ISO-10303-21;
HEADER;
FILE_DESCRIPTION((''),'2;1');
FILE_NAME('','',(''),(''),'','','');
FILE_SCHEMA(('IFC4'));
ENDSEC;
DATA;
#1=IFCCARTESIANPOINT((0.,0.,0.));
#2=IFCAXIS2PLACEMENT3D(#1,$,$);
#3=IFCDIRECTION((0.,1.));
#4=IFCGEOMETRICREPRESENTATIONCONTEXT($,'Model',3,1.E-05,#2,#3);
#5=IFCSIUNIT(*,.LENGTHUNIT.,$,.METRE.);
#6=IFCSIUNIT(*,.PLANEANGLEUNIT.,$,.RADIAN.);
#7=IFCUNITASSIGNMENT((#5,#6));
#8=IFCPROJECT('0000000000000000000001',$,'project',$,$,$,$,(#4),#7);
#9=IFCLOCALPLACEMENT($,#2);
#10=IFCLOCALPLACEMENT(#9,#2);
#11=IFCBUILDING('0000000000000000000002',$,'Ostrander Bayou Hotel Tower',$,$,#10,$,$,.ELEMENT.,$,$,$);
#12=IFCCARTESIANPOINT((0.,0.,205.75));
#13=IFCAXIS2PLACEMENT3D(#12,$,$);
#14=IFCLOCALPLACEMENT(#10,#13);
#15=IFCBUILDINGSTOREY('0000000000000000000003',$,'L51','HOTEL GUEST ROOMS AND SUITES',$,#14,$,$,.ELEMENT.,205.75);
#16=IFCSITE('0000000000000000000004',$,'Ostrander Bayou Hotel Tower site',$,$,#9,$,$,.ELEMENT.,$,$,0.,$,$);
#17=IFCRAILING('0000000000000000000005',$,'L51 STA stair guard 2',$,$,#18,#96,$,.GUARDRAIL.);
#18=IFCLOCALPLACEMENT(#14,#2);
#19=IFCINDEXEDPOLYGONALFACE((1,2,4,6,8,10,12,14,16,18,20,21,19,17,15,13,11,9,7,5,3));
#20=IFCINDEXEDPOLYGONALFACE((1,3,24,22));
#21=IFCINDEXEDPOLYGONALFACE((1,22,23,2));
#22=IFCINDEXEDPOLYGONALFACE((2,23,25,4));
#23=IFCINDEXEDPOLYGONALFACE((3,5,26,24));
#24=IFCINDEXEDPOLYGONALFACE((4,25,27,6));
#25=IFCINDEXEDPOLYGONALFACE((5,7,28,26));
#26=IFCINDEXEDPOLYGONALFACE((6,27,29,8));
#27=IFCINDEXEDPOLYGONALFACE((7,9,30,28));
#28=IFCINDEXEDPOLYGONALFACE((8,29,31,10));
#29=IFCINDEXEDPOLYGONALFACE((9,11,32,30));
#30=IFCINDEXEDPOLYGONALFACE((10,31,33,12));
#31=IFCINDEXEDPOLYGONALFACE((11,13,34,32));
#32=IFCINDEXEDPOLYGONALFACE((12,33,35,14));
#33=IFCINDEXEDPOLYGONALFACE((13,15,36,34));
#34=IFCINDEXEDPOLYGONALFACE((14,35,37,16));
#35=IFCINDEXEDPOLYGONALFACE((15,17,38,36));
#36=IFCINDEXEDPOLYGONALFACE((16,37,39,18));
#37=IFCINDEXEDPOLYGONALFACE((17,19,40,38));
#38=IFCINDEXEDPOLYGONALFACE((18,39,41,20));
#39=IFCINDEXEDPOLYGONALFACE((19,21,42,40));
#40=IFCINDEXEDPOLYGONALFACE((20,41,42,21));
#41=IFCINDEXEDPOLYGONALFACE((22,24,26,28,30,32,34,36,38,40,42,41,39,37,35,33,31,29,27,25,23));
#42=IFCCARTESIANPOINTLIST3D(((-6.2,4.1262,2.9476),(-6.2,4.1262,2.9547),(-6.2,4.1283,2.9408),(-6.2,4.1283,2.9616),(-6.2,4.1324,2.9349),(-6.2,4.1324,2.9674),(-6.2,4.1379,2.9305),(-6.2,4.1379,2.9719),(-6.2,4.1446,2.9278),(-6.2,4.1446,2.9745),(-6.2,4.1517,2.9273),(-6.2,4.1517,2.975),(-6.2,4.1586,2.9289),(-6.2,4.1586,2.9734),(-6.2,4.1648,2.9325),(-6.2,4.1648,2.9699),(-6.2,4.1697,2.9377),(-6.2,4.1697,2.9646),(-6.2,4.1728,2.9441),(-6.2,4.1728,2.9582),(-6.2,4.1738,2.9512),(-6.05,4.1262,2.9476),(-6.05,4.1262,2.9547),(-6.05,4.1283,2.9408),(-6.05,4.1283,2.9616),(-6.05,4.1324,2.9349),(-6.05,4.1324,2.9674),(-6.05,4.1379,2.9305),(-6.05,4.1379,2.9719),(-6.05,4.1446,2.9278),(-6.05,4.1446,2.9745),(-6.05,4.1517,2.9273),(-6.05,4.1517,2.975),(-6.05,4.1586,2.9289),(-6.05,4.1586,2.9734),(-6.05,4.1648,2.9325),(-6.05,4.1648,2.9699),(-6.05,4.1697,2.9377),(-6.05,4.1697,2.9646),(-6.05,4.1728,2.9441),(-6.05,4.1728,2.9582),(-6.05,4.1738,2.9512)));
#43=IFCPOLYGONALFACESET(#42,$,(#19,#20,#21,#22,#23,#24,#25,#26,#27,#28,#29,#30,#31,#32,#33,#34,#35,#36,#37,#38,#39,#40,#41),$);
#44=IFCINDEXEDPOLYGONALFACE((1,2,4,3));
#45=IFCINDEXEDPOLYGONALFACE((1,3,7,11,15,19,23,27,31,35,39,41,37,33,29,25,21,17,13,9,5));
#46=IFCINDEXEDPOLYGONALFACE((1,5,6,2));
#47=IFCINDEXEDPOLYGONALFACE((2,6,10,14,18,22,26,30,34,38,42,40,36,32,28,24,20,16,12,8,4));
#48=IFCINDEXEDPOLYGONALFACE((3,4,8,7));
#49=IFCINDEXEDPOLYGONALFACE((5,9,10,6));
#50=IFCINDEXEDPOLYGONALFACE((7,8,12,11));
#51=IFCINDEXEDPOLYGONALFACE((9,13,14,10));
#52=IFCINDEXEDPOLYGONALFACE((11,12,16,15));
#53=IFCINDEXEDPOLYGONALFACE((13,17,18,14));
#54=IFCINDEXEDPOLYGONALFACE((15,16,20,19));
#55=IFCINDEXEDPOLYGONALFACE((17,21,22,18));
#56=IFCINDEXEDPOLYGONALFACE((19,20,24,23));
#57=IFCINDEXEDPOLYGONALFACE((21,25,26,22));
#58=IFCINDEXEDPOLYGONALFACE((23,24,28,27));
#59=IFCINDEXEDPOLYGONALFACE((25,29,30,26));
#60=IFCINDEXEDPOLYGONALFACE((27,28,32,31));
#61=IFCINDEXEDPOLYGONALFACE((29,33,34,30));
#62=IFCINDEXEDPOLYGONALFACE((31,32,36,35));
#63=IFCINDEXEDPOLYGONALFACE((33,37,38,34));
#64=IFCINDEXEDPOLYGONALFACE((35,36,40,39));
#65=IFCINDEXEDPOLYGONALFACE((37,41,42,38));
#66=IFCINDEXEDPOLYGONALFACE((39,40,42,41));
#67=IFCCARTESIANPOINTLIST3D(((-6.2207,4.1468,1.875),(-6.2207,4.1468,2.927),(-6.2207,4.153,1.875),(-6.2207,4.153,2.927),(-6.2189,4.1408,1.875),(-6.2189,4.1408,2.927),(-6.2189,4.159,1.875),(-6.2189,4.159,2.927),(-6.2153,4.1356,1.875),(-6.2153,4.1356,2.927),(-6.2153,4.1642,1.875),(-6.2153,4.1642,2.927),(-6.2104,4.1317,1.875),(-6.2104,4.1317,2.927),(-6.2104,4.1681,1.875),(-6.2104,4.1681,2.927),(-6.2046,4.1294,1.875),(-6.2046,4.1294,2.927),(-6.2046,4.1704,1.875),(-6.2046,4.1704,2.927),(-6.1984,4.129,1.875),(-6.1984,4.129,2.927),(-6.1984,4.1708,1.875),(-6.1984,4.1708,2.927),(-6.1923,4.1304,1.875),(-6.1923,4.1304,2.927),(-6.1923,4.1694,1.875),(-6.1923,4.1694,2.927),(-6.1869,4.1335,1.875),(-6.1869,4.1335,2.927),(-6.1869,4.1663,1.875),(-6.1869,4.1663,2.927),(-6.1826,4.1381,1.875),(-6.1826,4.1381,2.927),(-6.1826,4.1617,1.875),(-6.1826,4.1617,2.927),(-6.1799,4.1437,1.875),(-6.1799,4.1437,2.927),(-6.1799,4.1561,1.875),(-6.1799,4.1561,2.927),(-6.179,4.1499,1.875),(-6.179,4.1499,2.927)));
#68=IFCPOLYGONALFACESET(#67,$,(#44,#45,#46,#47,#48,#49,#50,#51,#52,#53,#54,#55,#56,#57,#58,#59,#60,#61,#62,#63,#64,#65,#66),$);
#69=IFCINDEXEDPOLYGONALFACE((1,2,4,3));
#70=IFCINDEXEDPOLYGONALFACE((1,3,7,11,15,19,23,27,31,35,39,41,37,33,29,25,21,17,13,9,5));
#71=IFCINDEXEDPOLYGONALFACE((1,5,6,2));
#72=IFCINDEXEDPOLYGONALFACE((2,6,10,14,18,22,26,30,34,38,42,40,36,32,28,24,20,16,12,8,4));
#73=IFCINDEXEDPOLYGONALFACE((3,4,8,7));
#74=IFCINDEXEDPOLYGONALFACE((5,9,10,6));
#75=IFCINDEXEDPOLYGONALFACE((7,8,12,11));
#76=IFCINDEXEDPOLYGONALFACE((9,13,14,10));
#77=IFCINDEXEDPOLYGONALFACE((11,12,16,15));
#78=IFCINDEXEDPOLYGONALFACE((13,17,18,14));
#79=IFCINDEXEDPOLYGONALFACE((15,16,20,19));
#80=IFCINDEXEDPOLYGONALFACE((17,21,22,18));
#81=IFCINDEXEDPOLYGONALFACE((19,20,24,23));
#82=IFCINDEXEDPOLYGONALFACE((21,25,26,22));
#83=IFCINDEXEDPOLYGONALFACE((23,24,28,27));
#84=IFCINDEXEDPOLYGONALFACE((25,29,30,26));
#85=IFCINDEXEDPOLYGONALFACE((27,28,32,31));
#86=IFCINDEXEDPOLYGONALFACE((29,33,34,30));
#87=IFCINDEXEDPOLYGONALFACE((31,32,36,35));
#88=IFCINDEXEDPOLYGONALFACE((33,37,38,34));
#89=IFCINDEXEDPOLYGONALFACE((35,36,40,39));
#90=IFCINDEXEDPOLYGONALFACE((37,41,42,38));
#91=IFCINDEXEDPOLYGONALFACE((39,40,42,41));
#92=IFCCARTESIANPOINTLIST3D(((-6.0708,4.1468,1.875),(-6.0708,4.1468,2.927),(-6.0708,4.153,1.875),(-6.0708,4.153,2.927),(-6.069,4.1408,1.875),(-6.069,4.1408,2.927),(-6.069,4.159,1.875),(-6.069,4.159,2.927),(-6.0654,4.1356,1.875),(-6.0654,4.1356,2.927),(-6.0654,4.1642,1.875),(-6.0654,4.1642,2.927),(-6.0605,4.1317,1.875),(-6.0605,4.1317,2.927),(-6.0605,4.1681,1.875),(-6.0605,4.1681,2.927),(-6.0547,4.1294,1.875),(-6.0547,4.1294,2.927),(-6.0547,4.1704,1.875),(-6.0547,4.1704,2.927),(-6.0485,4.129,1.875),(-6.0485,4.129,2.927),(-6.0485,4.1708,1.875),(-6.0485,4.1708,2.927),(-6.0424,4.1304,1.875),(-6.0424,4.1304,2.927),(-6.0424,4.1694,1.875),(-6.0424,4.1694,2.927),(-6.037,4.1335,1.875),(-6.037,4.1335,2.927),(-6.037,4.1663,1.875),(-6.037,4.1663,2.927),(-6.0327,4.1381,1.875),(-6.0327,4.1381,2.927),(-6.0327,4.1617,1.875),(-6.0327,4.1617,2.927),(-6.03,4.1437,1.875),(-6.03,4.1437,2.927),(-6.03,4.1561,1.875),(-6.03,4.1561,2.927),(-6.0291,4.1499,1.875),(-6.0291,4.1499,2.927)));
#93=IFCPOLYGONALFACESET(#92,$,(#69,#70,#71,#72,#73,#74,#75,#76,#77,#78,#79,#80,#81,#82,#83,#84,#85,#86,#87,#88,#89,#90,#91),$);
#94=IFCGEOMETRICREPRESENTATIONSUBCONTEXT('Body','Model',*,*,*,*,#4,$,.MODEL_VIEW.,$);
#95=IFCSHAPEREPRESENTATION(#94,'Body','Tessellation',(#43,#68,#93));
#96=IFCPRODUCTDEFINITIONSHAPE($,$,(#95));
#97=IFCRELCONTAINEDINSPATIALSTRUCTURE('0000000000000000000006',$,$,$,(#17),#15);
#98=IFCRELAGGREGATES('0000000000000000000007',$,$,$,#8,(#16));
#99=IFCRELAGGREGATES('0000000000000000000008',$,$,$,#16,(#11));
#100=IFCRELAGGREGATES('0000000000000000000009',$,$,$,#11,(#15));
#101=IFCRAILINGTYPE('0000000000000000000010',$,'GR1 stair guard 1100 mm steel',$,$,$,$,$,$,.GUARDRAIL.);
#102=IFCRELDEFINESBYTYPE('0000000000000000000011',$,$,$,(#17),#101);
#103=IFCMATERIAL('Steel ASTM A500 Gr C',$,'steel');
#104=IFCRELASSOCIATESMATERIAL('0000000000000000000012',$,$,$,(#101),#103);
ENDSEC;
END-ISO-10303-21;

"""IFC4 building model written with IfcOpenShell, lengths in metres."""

from ifc_helpers import new_model, si_unit, direction, frame, origin, origin_2d, place, context, subcontext, project, spatial, circle, extrude, material, type_object, element, save


model = new_model("IFC4")

# Units and contexts
model_context = context("Model", 3, precision=1e-05, world=origin(), true_north=direction((0.0, 1.0)))
body_context = subcontext(model_context, "Body", "Model", "MODEL_VIEW")
ifc_project = project(units=[si_unit("LENGTHUNIT", "METRE"), si_unit("PLANEANGLEUNIT", "RADIAN")], contexts=[model_context])

# Site, building, storey
site_placement = place(None, origin())
site = spatial("IfcSite", under=ifc_project, at=site_placement, Name="Ostrander Bayou Hotel Tower site", CompositionType="ELEMENT", RefElevation=0.0)
building_placement = place(site_placement, origin())
building = spatial("IfcBuilding", under=site, at=building_placement, Name="Ostrander Bayou Hotel Tower", CompositionType="ELEMENT")
storey_placement = place(building_placement, frame((0.0, 0.0, 205.75)))
storey = spatial("IfcBuildingStorey", under=building, at=storey_placement, Name="L51", Description="HOTEL GUEST ROOMS AND SUITES", CompositionType="ELEMENT", Elevation=205.75)

# Railing
ifc_material_1 = material(Name="Steel ASTM A500 Gr C", Category="steel")
railing_type_1 = type_object("IfcRailingType", Name="GR1 stair guard 1100 mm steel", PredefinedType="GUARDRAIL", material=ifc_material_1)
railing_1_placement = place(storey_placement, frame((-6.2, 4.1499, 1.875)))
element("IfcRailing", 1, at=railing_1_placement, inside=storey, type_object=railing_type_1, Name="L51 STA stair guard 2", PredefinedType="GUARDRAIL", context=body_context, shape_type="SweptSolid", body=[
    extrude(circle(Radius=0.0239, at=origin_2d()), frame((0.0, 0.0, 1.0762), z_axis=(1.0, 0.0, 0.0), x_axis=(0.0, 1.0, 0.0)), (0.0, 0.0, 1.0), 0.1499),
    extrude(circle(Radius=0.021, at=origin_2d()), origin(), (0.0, 0.0, 1.0), 1.052),
    extrude(circle(Radius=0.021, at=origin_2d()), frame((0.1499, 0.0, 0.0)), (0.0, 0.0, 1.0), 1.052),
])

save(model, "model.ifc")
